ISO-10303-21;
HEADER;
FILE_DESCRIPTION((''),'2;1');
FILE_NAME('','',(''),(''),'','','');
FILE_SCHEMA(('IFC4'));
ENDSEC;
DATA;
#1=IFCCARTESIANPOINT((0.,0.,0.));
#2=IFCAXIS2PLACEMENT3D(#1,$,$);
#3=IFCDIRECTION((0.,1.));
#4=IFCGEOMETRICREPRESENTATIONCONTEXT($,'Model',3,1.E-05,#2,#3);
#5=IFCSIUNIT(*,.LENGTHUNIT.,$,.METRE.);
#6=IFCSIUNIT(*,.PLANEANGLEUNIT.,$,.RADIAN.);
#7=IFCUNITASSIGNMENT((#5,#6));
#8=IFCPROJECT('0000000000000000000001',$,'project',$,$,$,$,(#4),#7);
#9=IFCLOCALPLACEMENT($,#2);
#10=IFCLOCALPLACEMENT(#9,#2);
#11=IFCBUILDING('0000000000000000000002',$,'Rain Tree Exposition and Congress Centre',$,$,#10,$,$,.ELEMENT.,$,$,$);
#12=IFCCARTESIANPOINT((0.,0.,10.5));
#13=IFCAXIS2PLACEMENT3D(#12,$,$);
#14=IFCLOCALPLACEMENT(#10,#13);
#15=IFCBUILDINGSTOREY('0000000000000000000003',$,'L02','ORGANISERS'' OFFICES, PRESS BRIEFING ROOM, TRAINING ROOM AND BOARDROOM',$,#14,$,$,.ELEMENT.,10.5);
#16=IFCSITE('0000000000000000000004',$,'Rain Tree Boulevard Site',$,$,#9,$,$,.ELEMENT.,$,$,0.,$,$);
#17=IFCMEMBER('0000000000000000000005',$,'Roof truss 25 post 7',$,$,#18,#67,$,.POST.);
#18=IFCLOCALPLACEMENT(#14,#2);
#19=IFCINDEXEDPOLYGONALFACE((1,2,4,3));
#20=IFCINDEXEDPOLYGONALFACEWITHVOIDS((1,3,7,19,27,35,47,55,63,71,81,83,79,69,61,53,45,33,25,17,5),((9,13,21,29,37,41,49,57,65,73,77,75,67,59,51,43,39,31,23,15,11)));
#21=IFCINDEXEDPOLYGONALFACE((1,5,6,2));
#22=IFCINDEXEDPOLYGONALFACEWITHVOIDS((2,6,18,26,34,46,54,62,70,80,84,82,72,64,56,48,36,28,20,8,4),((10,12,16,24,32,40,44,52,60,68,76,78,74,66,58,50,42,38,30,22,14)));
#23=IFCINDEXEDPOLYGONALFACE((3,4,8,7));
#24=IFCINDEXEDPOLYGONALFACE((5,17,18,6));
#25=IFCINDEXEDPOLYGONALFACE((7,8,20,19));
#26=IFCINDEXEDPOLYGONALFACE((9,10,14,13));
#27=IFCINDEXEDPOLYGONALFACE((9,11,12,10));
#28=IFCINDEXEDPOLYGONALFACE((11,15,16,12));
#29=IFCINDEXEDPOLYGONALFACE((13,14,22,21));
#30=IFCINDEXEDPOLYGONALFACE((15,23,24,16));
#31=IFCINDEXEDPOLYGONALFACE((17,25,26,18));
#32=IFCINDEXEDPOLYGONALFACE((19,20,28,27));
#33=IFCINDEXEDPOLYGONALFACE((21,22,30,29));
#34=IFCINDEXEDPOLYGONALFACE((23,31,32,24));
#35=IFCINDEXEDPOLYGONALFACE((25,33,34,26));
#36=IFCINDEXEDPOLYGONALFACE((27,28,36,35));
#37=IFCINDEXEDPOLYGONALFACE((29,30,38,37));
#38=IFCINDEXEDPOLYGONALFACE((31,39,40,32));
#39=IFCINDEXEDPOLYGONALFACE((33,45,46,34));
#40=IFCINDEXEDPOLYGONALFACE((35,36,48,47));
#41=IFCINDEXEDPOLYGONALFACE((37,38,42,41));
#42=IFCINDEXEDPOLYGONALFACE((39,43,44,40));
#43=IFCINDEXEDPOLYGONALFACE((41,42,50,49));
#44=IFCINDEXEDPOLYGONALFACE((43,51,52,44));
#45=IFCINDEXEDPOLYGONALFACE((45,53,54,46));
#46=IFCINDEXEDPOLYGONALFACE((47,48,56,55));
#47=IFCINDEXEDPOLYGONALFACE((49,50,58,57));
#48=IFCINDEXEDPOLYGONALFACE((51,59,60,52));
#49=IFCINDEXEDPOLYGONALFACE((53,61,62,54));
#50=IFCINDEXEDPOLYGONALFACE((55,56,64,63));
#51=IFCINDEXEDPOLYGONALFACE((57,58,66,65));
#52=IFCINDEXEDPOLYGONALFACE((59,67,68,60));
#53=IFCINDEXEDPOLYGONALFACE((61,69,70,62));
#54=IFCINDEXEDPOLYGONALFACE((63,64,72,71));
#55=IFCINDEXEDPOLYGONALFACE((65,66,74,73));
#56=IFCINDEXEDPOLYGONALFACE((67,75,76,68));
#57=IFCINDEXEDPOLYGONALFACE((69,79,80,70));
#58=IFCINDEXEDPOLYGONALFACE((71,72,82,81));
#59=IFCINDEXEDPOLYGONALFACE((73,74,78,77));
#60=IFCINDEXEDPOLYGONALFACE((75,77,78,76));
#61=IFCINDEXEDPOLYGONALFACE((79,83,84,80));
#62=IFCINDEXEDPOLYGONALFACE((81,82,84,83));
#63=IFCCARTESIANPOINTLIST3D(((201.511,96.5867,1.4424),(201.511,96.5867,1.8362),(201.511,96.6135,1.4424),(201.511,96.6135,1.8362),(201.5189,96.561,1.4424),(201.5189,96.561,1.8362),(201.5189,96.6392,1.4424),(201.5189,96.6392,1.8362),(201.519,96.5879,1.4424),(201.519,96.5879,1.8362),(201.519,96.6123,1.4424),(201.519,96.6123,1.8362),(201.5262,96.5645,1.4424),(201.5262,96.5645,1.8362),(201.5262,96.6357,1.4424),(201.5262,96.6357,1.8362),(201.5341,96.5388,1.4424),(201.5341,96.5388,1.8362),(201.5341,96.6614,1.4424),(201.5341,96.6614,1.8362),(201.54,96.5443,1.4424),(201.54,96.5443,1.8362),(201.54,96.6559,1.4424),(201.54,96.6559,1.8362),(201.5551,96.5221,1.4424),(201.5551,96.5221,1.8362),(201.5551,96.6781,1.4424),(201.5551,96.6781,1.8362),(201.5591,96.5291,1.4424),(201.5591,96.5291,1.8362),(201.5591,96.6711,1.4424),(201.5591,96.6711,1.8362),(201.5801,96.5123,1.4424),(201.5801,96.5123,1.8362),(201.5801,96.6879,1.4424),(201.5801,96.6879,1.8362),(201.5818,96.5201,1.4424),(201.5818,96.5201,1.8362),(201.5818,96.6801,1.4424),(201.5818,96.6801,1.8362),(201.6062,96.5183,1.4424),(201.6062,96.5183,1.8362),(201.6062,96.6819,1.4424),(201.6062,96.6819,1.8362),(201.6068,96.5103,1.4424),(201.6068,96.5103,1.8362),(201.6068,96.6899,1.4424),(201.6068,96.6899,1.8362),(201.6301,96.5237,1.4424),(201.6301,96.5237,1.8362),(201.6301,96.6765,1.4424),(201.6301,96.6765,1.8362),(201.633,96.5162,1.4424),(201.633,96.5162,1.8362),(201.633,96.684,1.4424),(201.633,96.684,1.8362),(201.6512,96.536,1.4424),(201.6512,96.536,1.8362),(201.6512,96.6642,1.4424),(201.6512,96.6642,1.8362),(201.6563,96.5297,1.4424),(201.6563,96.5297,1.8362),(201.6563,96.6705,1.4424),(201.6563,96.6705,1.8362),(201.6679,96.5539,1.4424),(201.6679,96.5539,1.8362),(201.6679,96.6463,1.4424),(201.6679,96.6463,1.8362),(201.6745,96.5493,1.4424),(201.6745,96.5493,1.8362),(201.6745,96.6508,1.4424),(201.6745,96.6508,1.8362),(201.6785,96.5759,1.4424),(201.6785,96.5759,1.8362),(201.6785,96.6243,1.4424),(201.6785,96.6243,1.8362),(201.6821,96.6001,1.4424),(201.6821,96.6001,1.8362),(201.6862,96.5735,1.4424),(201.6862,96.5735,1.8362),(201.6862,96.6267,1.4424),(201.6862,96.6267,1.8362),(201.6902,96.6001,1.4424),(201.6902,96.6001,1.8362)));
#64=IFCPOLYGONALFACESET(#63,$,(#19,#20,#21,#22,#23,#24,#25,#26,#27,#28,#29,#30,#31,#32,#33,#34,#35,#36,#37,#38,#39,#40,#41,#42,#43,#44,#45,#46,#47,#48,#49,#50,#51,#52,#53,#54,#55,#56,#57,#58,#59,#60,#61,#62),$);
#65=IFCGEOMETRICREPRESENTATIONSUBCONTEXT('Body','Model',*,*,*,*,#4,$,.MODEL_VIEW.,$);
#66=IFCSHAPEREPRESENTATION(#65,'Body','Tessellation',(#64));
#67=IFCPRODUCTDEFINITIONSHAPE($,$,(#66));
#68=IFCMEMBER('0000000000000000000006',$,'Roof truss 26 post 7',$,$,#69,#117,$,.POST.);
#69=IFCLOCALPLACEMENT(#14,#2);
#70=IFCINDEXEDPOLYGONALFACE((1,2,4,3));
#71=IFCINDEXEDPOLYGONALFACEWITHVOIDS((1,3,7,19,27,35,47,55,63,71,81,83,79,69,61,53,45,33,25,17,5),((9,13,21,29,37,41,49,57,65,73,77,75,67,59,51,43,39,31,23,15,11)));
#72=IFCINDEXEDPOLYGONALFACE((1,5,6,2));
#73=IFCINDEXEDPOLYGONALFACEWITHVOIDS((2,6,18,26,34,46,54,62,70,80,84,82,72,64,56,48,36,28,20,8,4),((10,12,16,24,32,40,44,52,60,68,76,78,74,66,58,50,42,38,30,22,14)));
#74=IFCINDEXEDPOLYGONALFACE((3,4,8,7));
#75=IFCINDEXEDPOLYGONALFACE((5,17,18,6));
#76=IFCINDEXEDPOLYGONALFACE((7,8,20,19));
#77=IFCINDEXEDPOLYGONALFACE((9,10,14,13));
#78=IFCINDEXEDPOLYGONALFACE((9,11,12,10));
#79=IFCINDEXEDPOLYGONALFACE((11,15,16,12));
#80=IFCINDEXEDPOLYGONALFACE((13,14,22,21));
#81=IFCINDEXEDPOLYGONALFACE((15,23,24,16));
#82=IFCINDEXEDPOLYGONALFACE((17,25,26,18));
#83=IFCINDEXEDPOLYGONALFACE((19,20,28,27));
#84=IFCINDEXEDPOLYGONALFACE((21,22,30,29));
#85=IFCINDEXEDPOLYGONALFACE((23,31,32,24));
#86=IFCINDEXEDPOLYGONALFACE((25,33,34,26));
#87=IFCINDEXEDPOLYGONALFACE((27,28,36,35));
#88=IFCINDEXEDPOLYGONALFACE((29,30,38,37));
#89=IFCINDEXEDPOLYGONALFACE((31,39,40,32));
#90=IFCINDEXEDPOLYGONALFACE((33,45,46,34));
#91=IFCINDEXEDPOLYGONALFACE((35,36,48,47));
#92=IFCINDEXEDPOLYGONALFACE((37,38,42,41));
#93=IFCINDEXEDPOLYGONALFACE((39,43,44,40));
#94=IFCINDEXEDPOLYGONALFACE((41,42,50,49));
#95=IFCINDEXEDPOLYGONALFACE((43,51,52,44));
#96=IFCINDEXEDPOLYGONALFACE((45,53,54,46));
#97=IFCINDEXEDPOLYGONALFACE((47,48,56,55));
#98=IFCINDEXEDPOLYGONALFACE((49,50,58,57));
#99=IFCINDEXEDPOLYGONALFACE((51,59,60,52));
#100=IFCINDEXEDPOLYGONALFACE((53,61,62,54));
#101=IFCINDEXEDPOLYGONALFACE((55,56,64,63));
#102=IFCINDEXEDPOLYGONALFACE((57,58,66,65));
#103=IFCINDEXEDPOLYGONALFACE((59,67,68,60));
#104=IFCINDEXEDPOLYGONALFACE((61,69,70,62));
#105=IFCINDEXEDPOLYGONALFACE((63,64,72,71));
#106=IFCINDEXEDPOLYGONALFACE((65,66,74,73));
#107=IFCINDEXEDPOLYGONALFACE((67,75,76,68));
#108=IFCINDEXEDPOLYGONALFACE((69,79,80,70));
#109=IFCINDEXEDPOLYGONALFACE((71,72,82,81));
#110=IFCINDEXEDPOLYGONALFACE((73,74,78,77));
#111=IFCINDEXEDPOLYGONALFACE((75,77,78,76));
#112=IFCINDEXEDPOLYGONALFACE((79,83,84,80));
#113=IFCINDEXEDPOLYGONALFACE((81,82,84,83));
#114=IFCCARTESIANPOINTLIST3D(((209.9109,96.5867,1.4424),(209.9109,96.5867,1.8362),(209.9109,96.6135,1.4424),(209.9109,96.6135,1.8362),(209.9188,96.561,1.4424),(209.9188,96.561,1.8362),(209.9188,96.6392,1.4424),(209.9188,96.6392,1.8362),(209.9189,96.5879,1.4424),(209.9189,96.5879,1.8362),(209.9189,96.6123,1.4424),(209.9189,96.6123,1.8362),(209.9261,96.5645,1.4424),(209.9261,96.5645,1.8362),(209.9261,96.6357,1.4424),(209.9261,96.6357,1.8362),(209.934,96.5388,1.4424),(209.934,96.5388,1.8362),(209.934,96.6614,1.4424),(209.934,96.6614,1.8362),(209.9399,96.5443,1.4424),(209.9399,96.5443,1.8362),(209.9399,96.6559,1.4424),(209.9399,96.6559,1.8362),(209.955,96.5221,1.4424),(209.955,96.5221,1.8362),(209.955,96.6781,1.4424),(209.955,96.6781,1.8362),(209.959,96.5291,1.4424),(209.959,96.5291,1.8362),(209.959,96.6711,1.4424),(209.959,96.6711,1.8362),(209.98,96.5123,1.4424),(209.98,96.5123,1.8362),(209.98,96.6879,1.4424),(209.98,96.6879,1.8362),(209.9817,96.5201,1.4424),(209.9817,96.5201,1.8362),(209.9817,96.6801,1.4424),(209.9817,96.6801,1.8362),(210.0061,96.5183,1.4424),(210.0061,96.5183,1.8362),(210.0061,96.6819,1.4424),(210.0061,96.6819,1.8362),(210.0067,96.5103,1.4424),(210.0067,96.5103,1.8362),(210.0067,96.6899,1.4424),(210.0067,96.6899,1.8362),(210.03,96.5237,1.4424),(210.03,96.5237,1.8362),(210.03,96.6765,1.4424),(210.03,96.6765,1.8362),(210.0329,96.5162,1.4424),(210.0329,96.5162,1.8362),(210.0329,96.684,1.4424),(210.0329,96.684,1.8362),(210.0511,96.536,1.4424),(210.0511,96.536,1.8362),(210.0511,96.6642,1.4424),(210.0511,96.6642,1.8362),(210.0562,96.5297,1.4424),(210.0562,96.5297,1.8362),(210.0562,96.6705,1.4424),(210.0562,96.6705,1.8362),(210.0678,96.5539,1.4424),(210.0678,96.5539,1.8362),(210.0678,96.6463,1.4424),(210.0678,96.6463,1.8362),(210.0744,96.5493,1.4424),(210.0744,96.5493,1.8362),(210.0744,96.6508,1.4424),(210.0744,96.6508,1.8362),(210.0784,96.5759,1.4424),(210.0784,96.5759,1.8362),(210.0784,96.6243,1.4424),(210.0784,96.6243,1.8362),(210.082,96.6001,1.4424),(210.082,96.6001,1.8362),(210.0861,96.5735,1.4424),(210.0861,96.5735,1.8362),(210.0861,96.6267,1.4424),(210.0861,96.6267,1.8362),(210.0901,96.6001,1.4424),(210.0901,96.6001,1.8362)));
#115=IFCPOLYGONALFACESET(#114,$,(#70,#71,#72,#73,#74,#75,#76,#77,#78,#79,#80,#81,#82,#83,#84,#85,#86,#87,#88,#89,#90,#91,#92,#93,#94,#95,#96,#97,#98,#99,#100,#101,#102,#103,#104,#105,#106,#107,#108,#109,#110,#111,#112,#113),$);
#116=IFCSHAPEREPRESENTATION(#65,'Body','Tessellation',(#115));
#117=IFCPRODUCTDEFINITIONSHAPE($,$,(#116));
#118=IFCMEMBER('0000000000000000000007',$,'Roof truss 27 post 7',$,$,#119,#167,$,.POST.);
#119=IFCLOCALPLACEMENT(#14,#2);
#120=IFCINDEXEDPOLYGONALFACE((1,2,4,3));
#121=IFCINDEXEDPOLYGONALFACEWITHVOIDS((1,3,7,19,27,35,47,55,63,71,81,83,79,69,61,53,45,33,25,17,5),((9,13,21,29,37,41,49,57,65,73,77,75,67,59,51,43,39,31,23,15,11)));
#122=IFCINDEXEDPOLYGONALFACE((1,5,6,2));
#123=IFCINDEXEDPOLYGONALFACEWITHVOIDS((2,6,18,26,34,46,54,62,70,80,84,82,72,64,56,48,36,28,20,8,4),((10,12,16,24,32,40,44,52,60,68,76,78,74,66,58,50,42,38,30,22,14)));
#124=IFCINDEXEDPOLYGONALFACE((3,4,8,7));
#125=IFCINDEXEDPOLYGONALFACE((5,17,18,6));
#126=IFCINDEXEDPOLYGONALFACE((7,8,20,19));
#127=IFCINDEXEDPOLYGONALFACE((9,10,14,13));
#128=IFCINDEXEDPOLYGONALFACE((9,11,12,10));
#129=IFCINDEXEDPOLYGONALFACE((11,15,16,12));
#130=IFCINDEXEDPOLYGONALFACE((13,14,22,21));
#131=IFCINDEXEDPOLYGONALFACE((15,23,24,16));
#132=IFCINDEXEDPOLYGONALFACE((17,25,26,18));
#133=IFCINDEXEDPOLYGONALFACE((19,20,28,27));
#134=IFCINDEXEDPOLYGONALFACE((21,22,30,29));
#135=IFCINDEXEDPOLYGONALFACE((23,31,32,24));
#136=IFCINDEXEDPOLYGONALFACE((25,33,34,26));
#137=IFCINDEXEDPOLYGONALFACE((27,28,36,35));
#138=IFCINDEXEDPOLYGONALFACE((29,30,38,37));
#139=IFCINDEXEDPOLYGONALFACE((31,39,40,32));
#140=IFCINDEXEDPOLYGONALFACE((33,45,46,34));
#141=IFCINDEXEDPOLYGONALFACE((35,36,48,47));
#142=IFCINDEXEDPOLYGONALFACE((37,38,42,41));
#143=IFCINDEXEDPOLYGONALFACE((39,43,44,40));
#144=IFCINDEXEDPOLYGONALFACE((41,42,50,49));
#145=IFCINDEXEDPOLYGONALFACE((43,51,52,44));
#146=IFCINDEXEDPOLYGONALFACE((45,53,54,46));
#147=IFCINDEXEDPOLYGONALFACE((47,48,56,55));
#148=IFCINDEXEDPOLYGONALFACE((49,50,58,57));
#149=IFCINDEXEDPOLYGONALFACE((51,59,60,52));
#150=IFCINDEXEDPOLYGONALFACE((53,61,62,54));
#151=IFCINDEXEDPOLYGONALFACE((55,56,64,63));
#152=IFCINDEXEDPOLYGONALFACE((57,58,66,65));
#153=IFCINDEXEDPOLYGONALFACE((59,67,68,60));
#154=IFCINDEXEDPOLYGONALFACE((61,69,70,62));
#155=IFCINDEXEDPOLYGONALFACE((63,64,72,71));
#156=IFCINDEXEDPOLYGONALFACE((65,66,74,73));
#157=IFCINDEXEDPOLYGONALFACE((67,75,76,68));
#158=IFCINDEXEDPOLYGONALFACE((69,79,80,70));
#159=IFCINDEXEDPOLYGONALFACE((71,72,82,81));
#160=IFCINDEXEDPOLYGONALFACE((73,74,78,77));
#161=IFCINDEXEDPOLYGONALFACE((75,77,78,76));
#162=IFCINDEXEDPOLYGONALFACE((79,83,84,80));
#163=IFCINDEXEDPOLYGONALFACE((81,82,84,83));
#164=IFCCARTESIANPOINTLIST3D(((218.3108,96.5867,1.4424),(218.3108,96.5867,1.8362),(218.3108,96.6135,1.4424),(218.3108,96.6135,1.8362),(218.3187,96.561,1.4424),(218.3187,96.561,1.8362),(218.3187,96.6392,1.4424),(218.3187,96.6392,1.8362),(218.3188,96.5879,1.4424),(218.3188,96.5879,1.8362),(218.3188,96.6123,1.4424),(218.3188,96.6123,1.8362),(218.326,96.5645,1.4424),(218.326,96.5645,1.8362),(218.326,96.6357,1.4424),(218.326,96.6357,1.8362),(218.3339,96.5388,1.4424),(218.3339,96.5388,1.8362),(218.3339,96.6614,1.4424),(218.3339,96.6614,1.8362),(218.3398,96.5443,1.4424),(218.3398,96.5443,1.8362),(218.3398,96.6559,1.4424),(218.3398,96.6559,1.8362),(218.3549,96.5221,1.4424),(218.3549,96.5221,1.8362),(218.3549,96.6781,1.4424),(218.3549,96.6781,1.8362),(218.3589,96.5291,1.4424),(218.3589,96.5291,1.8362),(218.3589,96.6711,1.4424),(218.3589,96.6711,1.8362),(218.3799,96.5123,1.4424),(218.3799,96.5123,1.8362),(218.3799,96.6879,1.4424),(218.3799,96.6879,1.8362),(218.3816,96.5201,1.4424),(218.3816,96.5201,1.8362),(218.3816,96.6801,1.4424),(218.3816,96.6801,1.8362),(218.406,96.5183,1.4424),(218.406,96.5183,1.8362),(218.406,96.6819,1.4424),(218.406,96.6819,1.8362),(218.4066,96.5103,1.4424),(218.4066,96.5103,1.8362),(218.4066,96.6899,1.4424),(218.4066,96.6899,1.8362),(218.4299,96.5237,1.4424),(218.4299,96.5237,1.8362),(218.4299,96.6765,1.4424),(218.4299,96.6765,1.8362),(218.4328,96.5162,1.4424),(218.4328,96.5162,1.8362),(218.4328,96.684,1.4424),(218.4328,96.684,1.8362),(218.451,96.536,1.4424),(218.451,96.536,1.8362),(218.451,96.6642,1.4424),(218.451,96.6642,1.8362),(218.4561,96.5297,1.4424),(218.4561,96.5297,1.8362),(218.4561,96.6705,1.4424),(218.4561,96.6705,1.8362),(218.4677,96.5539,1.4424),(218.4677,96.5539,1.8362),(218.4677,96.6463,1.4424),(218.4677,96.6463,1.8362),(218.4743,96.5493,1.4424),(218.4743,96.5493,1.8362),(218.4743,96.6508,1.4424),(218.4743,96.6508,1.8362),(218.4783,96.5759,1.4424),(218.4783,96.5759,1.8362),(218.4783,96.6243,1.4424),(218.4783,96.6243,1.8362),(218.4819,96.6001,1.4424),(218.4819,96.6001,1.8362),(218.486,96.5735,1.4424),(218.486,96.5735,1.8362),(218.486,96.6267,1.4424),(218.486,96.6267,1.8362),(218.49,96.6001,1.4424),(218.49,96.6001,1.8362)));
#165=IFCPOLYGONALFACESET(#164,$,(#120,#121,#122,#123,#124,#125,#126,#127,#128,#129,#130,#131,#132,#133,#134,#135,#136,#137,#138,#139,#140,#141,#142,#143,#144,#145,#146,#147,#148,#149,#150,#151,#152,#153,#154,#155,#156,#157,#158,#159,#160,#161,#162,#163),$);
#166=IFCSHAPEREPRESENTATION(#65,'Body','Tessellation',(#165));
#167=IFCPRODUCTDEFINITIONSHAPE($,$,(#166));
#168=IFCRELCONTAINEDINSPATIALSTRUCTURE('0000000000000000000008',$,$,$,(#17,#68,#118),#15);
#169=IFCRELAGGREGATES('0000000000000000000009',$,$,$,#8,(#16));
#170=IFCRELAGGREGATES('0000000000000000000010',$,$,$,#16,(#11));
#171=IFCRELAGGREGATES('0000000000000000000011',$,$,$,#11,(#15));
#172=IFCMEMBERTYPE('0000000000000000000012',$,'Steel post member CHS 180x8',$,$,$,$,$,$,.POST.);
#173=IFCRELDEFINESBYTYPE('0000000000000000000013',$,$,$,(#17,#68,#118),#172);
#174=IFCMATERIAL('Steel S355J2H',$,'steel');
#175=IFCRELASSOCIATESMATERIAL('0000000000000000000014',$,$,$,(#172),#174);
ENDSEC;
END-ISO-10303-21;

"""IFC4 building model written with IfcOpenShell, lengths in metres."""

from ifc_helpers import new_model, si_unit, direction, frame, origin, origin_2d, place, context, subcontext, project, spatial, hollow_circle, extrude, material, material_profile, profile_set, type_object, element, save


model = new_model("IFC4")

# Units and contexts
model_context = context("Model", 3, precision=1e-05, world=origin(), true_north=direction((0.0, 1.0)))
body_context = subcontext(model_context, "Body", "Model", "MODEL_VIEW")
ifc_project = project(units=[si_unit("LENGTHUNIT", "METRE"), si_unit("PLANEANGLEUNIT", "RADIAN")], contexts=[model_context])

# Site, building, storey
site_placement = place(None, origin())
site = spatial("IfcSite", under=ifc_project, at=site_placement, Name="Rain Tree Boulevard Site", CompositionType="ELEMENT", RefElevation=0.0)
building_placement = place(site_placement, origin())
building = spatial("IfcBuilding", under=site, at=building_placement, Name="Rain Tree Exposition and Congress Centre", CompositionType="ELEMENT")
storey_placement = place(building_placement, frame((0.0, 0.0, 10.5)))
storey = spatial("IfcBuildingStorey", under=building, at=storey_placement, Name="L02", Description="ORGANISERS' OFFICES, PRESS BRIEFING ROOM, TRAINING ROOM AND BOARDROOM", CompositionType="ELEMENT", Elevation=10.5)

# Members
ifc_material_1 = material(Name="Steel S355J2H", Category="steel")
ifc_material_profile_1 = material_profile(ifc_material_1, hollow_circle(Radius=0.0901, WallThickness=0.0081, at=origin_2d()), Name="CHS 180x8")
ifc_profile_set_1 = profile_set([ifc_material_profile_1], Name="Steel S355J2H")
member_type_1 = type_object("IfcMemberType", Name="Steel post member CHS 180x8", PredefinedType="POST", material=ifc_profile_set_1)
for number, where, z_axis, x_axis, name in (
    (1, (201.6001, 96.6001, 1.4424), (0.0, 0.0, 1.0), (1.0, 0.0, 0.0), "Roof truss 25 post 7"),
    (2, (210.0, 96.6001, 1.4424), (0.0, 0.0, 1.0), (1.0, 0.0, 0.0), "Roof truss 26 post 7"),
    (3, (218.3999, 96.6001, 1.4424), (0.0, 0.0, 1.0), (1.0, 0.0, 0.0), "Roof truss 27 post 7"),
):
    element("IfcMember", number, at=place(storey_placement, frame(where, z_axis=z_axis, x_axis=x_axis)), inside=storey, type_object=member_type_1, Name=name, PredefinedType="POST", context=body_context, shape_type="SweptSolid", body=[
        extrude(hollow_circle(Radius=0.0901, WallThickness=0.0081, at=origin_2d()), origin(), (0.0, 0.0, 1.0), 0.3938),
    ])

save(model, "model.ifc")
